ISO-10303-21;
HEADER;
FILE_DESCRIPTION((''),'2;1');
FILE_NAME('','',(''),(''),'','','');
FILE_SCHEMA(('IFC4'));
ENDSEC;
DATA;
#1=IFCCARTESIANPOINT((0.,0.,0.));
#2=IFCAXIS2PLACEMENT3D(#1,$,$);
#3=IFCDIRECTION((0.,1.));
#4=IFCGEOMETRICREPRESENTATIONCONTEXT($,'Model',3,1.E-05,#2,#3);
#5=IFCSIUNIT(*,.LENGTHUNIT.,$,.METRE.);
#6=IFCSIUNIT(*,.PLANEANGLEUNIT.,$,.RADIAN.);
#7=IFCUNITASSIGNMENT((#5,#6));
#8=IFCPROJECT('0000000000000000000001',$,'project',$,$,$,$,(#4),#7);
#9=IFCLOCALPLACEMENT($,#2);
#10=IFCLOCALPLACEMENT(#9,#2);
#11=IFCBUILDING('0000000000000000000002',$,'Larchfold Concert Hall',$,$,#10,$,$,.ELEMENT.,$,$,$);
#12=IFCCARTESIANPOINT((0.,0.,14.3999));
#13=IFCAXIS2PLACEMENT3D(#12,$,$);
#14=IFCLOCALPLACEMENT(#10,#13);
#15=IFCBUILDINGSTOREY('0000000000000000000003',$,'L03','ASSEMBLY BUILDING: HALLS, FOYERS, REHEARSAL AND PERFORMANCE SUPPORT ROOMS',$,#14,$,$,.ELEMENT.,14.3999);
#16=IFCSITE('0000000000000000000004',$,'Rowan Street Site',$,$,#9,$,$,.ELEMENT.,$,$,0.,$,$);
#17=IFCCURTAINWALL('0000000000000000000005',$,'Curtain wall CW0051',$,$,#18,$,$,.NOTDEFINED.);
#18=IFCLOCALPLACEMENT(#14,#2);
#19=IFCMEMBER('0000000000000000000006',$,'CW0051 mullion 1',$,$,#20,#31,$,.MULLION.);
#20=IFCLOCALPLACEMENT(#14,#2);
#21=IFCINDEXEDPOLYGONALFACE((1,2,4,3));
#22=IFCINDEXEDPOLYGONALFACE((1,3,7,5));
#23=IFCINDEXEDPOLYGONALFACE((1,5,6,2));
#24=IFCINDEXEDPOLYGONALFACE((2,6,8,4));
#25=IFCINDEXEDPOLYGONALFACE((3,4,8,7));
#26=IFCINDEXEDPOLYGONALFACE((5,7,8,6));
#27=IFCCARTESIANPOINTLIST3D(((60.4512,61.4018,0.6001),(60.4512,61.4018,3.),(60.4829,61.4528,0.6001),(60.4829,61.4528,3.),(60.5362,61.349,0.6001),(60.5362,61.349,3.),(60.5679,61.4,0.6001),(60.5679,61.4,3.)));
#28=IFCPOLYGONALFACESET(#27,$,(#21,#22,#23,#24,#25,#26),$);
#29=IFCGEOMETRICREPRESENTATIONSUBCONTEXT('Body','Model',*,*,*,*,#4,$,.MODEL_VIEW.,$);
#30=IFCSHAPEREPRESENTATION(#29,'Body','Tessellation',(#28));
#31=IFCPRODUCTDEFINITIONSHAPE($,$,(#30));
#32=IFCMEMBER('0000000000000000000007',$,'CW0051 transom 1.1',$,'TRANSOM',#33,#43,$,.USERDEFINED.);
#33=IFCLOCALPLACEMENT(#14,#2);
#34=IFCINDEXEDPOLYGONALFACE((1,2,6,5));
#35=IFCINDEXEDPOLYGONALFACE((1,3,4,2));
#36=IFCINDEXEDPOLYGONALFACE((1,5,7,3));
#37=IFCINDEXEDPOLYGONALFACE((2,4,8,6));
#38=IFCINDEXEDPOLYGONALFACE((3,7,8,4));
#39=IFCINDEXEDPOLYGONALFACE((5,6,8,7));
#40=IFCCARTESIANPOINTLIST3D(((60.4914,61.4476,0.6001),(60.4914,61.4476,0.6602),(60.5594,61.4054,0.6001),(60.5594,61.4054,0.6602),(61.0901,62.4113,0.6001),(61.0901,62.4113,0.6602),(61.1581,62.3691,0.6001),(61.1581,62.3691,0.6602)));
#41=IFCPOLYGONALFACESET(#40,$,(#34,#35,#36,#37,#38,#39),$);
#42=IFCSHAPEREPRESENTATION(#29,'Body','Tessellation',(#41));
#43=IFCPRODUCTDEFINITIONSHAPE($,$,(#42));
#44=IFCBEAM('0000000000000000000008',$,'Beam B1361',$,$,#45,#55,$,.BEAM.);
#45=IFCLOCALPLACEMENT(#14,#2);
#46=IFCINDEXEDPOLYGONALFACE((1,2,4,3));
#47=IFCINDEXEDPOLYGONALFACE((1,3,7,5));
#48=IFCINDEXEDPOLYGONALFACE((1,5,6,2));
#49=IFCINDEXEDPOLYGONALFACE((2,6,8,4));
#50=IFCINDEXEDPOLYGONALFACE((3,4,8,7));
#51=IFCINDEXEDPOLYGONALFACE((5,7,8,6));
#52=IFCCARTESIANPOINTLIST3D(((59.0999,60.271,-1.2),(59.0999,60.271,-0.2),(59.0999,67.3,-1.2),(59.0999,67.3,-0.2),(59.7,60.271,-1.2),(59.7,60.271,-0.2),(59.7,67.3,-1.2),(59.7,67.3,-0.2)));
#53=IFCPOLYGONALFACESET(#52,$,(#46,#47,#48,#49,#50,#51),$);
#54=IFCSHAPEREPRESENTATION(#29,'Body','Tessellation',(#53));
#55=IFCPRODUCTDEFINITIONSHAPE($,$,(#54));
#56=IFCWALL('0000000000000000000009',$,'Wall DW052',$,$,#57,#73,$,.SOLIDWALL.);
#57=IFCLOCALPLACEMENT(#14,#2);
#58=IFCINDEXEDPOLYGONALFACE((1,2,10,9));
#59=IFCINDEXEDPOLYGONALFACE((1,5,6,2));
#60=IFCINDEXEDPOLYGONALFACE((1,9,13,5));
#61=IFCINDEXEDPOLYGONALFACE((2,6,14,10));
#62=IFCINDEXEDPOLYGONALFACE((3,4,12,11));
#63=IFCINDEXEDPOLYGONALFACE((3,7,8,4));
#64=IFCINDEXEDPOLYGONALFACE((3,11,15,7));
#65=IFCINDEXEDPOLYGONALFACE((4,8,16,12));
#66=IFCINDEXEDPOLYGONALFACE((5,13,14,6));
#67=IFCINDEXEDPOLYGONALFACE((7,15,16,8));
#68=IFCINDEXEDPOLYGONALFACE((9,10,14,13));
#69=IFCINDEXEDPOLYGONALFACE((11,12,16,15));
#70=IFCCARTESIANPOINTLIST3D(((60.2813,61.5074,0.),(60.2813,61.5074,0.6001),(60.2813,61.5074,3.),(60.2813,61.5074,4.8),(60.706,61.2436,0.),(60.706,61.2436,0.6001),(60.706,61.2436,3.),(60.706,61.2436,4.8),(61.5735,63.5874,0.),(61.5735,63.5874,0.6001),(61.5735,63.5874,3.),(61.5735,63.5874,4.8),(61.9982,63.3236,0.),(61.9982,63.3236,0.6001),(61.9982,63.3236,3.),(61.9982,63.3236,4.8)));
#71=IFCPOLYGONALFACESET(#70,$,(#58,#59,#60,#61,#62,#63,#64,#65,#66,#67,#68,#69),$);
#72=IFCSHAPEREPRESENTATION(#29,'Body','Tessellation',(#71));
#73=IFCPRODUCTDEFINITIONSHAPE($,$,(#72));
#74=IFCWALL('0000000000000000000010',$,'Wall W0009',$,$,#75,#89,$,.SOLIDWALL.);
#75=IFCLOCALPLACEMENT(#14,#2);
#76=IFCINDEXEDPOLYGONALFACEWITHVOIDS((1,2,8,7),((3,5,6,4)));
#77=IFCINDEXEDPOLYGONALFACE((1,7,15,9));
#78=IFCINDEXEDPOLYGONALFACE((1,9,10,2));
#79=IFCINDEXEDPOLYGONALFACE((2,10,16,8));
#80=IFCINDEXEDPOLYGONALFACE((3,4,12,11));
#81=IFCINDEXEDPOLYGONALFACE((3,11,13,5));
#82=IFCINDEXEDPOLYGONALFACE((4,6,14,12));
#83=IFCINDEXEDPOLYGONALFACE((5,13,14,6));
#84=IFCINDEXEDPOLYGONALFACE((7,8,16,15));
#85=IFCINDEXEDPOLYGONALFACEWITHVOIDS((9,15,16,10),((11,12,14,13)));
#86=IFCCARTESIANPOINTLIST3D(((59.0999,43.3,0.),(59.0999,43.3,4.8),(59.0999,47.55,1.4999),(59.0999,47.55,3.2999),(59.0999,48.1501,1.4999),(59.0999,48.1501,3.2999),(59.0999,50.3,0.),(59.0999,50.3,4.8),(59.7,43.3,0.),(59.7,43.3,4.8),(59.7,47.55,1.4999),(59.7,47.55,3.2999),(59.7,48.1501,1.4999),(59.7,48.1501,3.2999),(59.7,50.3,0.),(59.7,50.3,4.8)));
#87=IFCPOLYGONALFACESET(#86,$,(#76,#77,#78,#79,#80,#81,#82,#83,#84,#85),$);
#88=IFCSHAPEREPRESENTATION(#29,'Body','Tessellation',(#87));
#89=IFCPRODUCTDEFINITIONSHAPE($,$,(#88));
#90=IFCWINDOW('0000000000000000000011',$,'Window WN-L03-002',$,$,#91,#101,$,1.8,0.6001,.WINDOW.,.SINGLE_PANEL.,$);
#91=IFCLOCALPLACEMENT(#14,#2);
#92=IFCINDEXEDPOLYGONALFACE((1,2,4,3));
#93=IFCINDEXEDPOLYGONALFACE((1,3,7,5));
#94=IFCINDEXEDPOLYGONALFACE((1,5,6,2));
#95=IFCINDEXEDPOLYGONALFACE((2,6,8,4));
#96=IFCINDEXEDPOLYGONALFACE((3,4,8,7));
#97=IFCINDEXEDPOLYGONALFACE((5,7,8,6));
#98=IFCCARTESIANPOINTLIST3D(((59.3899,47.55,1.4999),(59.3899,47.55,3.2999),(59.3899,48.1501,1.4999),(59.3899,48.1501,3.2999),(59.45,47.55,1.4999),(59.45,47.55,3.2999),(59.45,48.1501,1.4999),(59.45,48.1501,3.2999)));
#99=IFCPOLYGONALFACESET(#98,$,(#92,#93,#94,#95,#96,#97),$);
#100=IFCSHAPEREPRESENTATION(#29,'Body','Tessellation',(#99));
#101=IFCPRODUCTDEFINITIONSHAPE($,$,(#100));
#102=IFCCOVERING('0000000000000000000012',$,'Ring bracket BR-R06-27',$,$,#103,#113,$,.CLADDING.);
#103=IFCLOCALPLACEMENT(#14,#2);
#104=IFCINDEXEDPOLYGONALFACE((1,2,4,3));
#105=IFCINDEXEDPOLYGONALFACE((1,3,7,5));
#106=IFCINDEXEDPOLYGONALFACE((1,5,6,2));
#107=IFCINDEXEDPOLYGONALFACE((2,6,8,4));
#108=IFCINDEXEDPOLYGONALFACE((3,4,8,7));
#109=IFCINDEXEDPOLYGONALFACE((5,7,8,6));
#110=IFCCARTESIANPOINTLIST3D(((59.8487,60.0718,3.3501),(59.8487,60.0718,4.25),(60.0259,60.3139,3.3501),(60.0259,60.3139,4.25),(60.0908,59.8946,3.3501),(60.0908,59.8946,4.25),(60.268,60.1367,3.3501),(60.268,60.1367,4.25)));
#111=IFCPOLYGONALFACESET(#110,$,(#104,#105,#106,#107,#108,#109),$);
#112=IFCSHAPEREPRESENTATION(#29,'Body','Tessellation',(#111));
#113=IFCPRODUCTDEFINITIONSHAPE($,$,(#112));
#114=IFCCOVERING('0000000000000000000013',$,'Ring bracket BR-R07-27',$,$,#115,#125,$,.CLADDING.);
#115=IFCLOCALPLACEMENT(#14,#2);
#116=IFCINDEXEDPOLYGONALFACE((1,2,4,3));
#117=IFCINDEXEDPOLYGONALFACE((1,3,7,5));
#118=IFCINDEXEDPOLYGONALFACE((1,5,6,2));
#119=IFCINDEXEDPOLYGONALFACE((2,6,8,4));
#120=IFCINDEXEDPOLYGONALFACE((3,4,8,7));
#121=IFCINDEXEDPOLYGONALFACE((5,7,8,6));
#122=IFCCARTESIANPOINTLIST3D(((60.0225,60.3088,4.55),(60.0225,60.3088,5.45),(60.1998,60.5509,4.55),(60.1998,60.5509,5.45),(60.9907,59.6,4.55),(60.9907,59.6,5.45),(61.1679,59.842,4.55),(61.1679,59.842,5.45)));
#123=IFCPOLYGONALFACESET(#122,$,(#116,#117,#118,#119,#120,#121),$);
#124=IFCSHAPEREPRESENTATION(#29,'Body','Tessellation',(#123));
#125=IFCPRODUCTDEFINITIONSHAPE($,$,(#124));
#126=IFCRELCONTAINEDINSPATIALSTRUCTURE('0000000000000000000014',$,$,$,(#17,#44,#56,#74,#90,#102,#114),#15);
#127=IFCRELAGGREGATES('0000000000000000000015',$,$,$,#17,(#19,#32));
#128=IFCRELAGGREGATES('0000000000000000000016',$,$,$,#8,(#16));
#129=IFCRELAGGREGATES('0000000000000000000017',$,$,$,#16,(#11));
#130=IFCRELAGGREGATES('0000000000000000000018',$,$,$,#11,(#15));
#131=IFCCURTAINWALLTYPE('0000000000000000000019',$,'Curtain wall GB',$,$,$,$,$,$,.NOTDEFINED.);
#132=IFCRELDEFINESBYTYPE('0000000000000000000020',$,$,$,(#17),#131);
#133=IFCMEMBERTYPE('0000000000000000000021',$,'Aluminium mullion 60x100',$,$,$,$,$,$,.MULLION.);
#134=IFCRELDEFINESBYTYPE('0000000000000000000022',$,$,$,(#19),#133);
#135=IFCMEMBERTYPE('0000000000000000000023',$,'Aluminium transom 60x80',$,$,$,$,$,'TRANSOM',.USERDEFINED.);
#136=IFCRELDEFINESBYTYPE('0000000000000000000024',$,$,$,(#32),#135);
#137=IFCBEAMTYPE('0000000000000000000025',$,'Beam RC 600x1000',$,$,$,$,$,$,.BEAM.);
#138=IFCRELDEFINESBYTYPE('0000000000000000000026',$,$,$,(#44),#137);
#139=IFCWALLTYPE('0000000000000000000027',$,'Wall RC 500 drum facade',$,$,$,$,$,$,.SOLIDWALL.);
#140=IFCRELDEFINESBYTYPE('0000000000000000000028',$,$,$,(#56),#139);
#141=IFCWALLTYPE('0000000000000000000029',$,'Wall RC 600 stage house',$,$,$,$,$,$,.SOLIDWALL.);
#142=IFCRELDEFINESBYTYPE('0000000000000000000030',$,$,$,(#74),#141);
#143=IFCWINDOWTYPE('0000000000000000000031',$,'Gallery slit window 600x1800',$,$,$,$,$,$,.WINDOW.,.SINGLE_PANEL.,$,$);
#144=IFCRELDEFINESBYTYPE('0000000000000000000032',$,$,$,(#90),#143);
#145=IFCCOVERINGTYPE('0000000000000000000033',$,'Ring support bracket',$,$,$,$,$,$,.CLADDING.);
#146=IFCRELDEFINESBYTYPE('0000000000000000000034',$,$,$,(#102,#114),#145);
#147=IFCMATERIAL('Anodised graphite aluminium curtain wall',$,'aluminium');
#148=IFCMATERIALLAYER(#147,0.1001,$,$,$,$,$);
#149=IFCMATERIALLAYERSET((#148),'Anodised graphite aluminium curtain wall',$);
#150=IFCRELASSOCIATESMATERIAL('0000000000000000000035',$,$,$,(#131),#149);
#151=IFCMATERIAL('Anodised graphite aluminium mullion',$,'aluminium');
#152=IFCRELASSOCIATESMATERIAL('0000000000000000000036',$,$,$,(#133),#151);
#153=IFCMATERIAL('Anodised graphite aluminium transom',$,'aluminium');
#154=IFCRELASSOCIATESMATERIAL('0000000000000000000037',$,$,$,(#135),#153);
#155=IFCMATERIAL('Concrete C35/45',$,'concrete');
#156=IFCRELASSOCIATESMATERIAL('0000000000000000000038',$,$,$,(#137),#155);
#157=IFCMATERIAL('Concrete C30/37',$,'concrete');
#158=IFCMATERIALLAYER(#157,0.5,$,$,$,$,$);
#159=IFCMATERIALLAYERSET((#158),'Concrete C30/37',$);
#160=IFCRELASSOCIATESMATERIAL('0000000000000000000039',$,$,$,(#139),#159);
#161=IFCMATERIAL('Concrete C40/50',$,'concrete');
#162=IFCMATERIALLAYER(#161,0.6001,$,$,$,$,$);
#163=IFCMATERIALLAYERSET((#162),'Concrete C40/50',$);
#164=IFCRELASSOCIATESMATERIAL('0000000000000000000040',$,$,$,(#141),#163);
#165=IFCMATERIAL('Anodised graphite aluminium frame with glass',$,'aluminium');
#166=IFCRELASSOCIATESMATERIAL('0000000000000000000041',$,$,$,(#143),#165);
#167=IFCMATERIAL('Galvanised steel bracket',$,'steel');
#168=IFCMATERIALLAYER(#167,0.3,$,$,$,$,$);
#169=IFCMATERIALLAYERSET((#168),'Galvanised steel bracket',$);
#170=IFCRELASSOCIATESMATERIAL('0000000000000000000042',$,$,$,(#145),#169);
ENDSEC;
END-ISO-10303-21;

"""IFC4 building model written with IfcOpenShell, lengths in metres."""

from ifc_helpers import new_model, si_unit, direction, frame, frame_2d, origin, origin_2d, place, context, subcontext, project, spatial, rectangle, extrude, material, layer, layer_set, material_profile, profile_set, type_object, element, fill, aggregate, save


model = new_model("IFC4")

# Units and contexts
model_context = context("Model", 3, precision=1e-05, world=origin(), true_north=direction((0.0, 1.0)))
body_context = subcontext(model_context, "Body", "Model", "MODEL_VIEW")
ifc_project = project(units=[si_unit("LENGTHUNIT", "METRE"), si_unit("PLANEANGLEUNIT", "RADIAN")], contexts=[model_context])

# Site, building, storey
site_placement = place(None, origin())
site = spatial("IfcSite", under=ifc_project, at=site_placement, Name="Rowan Street Site", CompositionType="ELEMENT", RefElevation=0.0)
building_placement = place(site_placement, origin())
building = spatial("IfcBuilding", under=site, at=building_placement, Name="Larchfold Concert Hall", CompositionType="ELEMENT")
storey_placement = place(building_placement, frame((0.0, 0.0, 14.3999)))
storey = spatial("IfcBuildingStorey", under=building, at=storey_placement, Name="L03", Description="ASSEMBLY BUILDING: HALLS, FOYERS, REHEARSAL AND PERFORMANCE SUPPORT ROOMS", CompositionType="ELEMENT", Elevation=14.3999)

# Shared definitions
ifc_material_1 = material(Name="Anodised graphite aluminium curtain wall", Category="aluminium")
ifc_layer_1 = layer(ifc_material_1, 0.1001)
ifc_layer_set_1 = layer_set([ifc_layer_1], Name="Anodised graphite aluminium curtain wall")
curtain_wall_type = type_object("IfcCurtainWallType", Name="Curtain wall GB", PredefinedType="NOTDEFINED", material=ifc_layer_set_1)
ifc_material_2 = material(Name="Anodised graphite aluminium mullion", Category="aluminium")
ifc_material_profile_1 = material_profile(ifc_material_2, rectangle(XDim=0.1001, YDim=0.0601, at=origin_2d()))
ifc_profile_set_1 = profile_set([ifc_material_profile_1], Name="Anodised graphite aluminium mullion")
member_type_1 = type_object("IfcMemberType", Name="Aluminium mullion 60x100", PredefinedType="MULLION", material=ifc_profile_set_1)

# Curtain wall, member
curtain_wall_1_placement = place(storey_placement, origin())
curtain_wall_1 = element("IfcCurtainWall", 1, at=curtain_wall_1_placement, inside=storey, type_object=curtain_wall_type, Name="Curtain wall CW0051", PredefinedType="NOTDEFINED")
member_1_placement = place(storey_placement, frame((60.5095, 61.4009, 0.6001), z_axis=(0.0, 0.0, 1.0), x_axis=(-0.849429, 0.527703, 0.0)))
member_1 = element("IfcMember", 2, at=member_1_placement, type_object=member_type_1, Name="CW0051 mullion 1", PredefinedType="MULLION", context=body_context, shape_type="SweptSolid", body=[
    extrude(rectangle(XDim=0.1001, YDim=0.0601, at=origin_2d()), origin(), (0.0, 0.0, 1.0), 2.3999),
])

# Member
ifc_material_3 = material(Name="Anodised graphite aluminium transom", Category="aluminium")
ifc_material_profile_2 = material_profile(ifc_material_3, rectangle(XDim=0.0801, YDim=0.0601, at=origin_2d()))
ifc_profile_set_2 = profile_set([ifc_material_profile_2], Name="Anodised graphite aluminium transom")
member_type_2 = type_object("IfcMemberType", Name="Aluminium transom 60x80", ElementType="TRANSOM", PredefinedType="USERDEFINED", material=ifc_profile_set_2)
member_2_placement = place(storey_placement, frame((60.5254, 61.4265, 0.6301), z_axis=(0.527695, 0.849434, 0.0), x_axis=(-0.849434, 0.527695, 0.0)))
member_2 = element("IfcMember", 3, at=member_2_placement, type_object=member_type_2, Name="CW0051 transom 1.1", ObjectType="TRANSOM", PredefinedType="USERDEFINED", context=body_context, shape_type="SweptSolid", body=[
    extrude(rectangle(XDim=0.0801, YDim=0.0601, at=origin_2d()), origin(), (0.0, 0.0, 1.0), 1.1345),
])
aggregate(curtain_wall_1, [member_1, member_2])

# Beam
ifc_material_4 = material(Name="Concrete C35/45", Category="concrete")
ifc_material_profile_3 = material_profile(ifc_material_4, rectangle(XDim=0.6001, YDim=1.0, at=origin_2d()))
ifc_profile_set_3 = profile_set([ifc_material_profile_3], Name="Concrete C35/45")
beam_type = type_object("IfcBeamType", Name="Beam RC 600x1000", PredefinedType="BEAM", material=ifc_profile_set_3)
beam_placement = place(storey_placement, frame((59.3999, 60.271, -0.7), z_axis=(0.0, 1.0, 0.0), x_axis=(-1.0, 0.0, 0.0)))
element("IfcBeam", 4, at=beam_placement, inside=storey, type_object=beam_type, Name="Beam B1361", PredefinedType="BEAM", context=body_context, shape_type="SweptSolid", body=[
    extrude(rectangle(XDim=0.6001, YDim=1.0, at=origin_2d()), origin(), (0.0, 0.0, 1.0), 7.0291),
])

# Wall, opening
ifc_material_5 = material(Name="Concrete C30/37", Category="concrete")
ifc_layer_2 = layer(ifc_material_5, 0.5)
ifc_layer_set_2 = layer_set([ifc_layer_2], Name="Concrete C30/37")
wall_type_1 = type_object("IfcWallType", Name="Wall RC 500 drum facade", PredefinedType="SOLIDWALL", material=ifc_layer_set_2)
wall_1_placement = place(storey_placement, frame((60.4937, 61.3755, 0.0), z_axis=(0.0, 0.0, 1.0), x_axis=(0.527703, 0.849429, 0.0)))
wall_1 = element("IfcWall", 5, at=wall_1_placement, inside=storey, type_object=wall_type_1, Name="Wall DW052", PredefinedType="SOLIDWALL", context=body_context, shape_type="SweptSolid", body=[
    extrude(rectangle(XDim=2.4487, YDim=0.5, at=frame_2d((1.2244, 0.0))), origin(), (0.0, 0.0, 1.0), 4.8),
])
opening_1_placement = place(wall_1_placement, frame((0.0, 0.0, 0.6001)))
opening_1 = element("IfcOpeningElement", 6, at=opening_1_placement, cuts=wall_1, PredefinedType="OPENING", context=body_context, shape_type="SweptSolid", body=[
    extrude(rectangle(XDim=2.4487, YDim=2.3999, at=frame_2d((1.2244, 1.2))), frame((0.0, 0.26, 0.0), z_axis=(0.0, -1.0, 0.0), x_axis=(1.0, 0.0, 0.0)), (0.0, 0.0, 1.0), 0.52),
])
fill(opening_1, curtain_wall_1)

# Wall, opening, window
ifc_material_6 = material(Name="Concrete C40/50", Category="concrete")
ifc_layer_3 = layer(ifc_material_6, 0.6001)
ifc_layer_set_3 = layer_set([ifc_layer_3], Name="Concrete C40/50")
wall_type_2 = type_object("IfcWallType", Name="Wall RC 600 stage house", PredefinedType="SOLIDWALL", material=ifc_layer_set_3)
wall_2_placement = place(storey_placement, frame((59.3999, 43.3, 0.0), z_axis=(0.0, 0.0, 1.0), x_axis=(0.0, 1.0, 0.0)))
wall_2 = element("IfcWall", 7, at=wall_2_placement, inside=storey, type_object=wall_type_2, Name="Wall W0009", PredefinedType="SOLIDWALL", context=body_context, shape_type="SweptSolid", body=[
    extrude(rectangle(XDim=7.0, YDim=0.6001, at=frame_2d((3.5, 0.0))), origin(), (0.0, 0.0, 1.0), 4.8),
])
opening_2_placement = place(wall_2_placement, frame((4.25, 0.0, 1.5)))
opening_2 = element("IfcOpeningElement", 8, at=opening_2_placement, cuts=wall_2, PredefinedType="OPENING", context=body_context, shape_type="SweptSolid", body=[
    extrude(rectangle(XDim=0.6001, YDim=1.8, at=frame_2d((0.3, 0.8999))), frame((0.0, 0.3101, 0.0), z_axis=(0.0, -1.0, 0.0), x_axis=(1.0, 0.0, 0.0)), (0.0, 0.0, 1.0), 0.6201),
])
ifc_material_7 = material(Name="Anodised graphite aluminium frame with glass", Category="aluminium")
window_type = type_object("IfcWindowType", Name="Gallery slit window 600x1800", PartitioningType="SINGLE_PANEL", PredefinedType="WINDOW", material=ifc_material_7)
window_placement = place(opening_2_placement, origin())
window = element("IfcWindow", 9, at=window_placement, inside=storey, type_object=window_type, Name="Window WN-L03-002", OverallHeight=1.8, OverallWidth=0.6001, PartitioningType="SINGLE_PANEL", PredefinedType="WINDOW", context=body_context, shape_type="SweptSolid", body=[
    extrude(rectangle(XDim=0.6001, YDim=1.8, at=frame_2d((0.3, 0.8999))), frame((0.0, 0.01, 0.0), z_axis=(0.0, -1.0, 0.0), x_axis=(1.0, 0.0, 0.0)), (0.0, 0.0, 1.0), 0.0601),
])
fill(opening_2, window)

# Coverings
ifc_material_8 = material(Name="Galvanised steel bracket", Category="steel")
ifc_layer_4 = layer(ifc_material_8, 0.3)
ifc_layer_set_4 = layer_set([ifc_layer_4], Name="Galvanised steel bracket")
covering_type = type_object("IfcCoveringType", Name="Ring support bracket", PredefinedType="CLADDING", material=ifc_layer_set_4)
covering_1_placement = place(storey_placement, frame((60.0583, 60.1042, 3.3501), z_axis=(0.0, 0.0, 1.0), x_axis=(0.806849, -0.590758, 0.0)))
element("IfcCovering", 10, at=covering_1_placement, inside=storey, type_object=covering_type, Name="Ring bracket BR-R06-27", PredefinedType="CLADDING", context=body_context, shape_type="SweptSolid", body=[
    extrude(rectangle(XDim=0.3, YDim=0.3, at=origin_2d()), origin(), (0.0, 0.0, 1.0), 0.8999),
])
covering_2_placement = place(storey_placement, frame((60.5952, 60.0754, 4.55), z_axis=(0.0, 0.0, 1.0), x_axis=(0.806849, -0.590758, 0.0)))
element("IfcCovering", 11, at=covering_2_placement, inside=storey, type_object=covering_type, Name="Ring bracket BR-R07-27", PredefinedType="CLADDING", context=body_context, shape_type="SweptSolid", body=[
    extrude(rectangle(XDim=1.2, YDim=0.3, at=origin_2d()), origin(), (0.0, 0.0, 1.0), 0.8999),
])

save(model, "model.ifc")
